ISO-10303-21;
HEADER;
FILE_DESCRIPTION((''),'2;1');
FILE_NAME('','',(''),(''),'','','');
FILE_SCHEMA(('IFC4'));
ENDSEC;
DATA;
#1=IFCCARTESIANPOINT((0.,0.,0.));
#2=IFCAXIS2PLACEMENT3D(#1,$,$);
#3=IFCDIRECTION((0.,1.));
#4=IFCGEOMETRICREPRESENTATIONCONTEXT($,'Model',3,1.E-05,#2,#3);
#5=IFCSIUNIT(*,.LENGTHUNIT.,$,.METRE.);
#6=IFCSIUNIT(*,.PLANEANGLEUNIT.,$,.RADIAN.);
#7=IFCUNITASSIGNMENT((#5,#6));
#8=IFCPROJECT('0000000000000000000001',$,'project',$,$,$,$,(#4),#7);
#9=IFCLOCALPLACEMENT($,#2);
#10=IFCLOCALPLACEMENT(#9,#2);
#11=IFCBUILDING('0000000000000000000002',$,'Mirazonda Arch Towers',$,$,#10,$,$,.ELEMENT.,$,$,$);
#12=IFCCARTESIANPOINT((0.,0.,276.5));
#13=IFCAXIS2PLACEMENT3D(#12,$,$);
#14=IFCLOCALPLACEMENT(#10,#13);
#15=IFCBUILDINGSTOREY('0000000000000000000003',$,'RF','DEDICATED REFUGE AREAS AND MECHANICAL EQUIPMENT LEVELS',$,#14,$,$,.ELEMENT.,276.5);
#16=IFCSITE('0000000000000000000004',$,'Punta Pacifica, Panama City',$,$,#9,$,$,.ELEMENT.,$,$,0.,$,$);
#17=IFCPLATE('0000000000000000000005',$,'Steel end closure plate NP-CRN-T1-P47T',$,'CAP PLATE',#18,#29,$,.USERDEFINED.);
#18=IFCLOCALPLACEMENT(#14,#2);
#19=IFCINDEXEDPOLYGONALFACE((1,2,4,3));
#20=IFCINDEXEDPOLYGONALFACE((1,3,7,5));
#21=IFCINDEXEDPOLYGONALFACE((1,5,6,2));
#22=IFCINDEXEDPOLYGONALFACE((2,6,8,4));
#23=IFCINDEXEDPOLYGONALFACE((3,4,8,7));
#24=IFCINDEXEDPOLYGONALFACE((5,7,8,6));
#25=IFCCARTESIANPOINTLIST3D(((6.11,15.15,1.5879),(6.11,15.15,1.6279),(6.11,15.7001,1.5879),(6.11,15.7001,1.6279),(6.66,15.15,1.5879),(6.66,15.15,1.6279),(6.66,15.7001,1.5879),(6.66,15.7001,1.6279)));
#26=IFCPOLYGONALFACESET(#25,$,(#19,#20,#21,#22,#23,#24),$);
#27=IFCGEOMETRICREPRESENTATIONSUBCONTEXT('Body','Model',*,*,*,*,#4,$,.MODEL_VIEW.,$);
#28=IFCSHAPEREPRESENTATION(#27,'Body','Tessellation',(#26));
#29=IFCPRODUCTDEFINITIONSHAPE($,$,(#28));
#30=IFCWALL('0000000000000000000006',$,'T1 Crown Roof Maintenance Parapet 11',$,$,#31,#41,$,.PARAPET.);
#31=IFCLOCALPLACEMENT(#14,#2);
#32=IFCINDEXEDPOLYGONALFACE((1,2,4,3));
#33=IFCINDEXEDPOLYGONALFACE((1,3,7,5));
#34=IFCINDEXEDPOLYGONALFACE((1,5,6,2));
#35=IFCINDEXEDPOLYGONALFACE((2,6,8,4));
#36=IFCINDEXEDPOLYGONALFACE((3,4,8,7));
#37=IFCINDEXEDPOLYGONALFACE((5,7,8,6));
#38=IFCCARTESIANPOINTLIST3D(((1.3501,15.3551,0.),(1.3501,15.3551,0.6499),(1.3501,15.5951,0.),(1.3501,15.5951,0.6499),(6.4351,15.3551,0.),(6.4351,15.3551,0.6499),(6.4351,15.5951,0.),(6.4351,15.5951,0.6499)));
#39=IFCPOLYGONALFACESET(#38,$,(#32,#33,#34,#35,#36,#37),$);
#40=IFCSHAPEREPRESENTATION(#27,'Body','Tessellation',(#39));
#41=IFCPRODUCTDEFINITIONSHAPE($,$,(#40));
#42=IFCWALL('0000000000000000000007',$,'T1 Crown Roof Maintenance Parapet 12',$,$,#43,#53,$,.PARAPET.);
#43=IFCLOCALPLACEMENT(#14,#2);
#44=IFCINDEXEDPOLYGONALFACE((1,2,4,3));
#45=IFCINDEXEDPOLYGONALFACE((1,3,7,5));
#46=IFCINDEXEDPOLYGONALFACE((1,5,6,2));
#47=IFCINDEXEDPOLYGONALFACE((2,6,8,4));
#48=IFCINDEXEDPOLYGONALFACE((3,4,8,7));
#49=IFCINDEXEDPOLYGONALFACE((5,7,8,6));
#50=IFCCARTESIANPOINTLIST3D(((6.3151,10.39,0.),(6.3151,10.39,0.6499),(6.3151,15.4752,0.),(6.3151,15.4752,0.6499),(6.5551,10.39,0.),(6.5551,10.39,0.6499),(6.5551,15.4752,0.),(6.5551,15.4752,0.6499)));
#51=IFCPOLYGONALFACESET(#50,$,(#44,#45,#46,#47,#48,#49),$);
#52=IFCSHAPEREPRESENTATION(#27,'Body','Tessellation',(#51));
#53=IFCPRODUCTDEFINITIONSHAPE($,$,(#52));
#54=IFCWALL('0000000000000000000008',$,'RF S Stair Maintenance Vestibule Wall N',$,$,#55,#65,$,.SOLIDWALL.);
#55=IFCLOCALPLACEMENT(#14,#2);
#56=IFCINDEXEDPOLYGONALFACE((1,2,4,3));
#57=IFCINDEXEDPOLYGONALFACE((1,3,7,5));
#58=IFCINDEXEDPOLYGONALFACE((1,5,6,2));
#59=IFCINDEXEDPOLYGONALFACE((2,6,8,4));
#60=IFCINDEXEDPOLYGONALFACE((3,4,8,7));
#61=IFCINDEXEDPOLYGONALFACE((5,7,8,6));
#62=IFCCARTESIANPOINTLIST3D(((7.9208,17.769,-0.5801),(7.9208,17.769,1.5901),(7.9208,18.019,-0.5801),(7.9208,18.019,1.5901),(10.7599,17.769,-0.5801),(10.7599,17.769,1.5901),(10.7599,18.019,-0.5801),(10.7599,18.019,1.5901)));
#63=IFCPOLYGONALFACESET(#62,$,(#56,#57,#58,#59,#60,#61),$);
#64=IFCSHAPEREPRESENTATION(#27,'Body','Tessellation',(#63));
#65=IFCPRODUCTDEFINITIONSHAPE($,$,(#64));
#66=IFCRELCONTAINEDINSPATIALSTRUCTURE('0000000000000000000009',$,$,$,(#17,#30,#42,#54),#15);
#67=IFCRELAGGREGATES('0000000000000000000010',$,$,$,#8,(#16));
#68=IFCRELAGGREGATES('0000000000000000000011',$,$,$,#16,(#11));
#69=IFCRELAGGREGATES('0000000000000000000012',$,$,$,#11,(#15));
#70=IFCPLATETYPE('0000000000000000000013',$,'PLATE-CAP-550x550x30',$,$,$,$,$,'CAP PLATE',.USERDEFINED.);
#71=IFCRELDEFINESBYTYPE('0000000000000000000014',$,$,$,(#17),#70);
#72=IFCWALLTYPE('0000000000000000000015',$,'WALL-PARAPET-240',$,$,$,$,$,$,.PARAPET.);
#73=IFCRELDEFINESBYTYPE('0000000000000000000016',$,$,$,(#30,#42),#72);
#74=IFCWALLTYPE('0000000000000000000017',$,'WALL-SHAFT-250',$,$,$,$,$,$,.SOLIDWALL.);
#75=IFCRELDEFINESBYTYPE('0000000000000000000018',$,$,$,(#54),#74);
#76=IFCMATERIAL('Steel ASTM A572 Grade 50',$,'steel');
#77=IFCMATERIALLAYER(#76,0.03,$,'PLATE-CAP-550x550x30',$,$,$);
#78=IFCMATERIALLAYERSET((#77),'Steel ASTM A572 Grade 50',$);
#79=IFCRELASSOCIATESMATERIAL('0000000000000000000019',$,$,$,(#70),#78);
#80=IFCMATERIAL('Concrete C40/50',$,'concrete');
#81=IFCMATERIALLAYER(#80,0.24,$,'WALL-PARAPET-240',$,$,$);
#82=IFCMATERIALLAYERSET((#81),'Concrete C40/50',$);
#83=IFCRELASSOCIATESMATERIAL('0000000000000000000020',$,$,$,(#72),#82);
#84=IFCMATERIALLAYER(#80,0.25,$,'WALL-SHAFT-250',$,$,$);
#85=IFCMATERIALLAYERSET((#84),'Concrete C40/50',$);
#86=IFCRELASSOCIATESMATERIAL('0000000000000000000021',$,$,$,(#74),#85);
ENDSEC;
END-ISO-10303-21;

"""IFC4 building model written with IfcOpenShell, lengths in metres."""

from ifc_helpers import new_model, si_unit, direction, frame, frame_2d, origin, origin_2d, place, context, subcontext, project, spatial, rectangle, extrude, material, layer, layer_set, type_object, element, save


model = new_model("IFC4")

# Units and contexts
model_context = context("Model", 3, precision=1e-05, world=origin(), true_north=direction((0.0, 1.0)))
body_context = subcontext(model_context, "Body", "Model", "MODEL_VIEW")
ifc_project = project(units=[si_unit("LENGTHUNIT", "METRE"), si_unit("PLANEANGLEUNIT", "RADIAN")], contexts=[model_context])

# Site, building, storey
site_placement = place(None, origin())
site = spatial("IfcSite", under=ifc_project, at=site_placement, Name="Punta Pacifica, Panama City", CompositionType="ELEMENT", RefElevation=0.0)
building_placement = place(site_placement, origin())
building = spatial("IfcBuilding", under=site, at=building_placement, Name="Mirazonda Arch Towers", CompositionType="ELEMENT")
storey_placement = place(building_placement, frame((0.0, 0.0, 276.5)))
storey = spatial("IfcBuildingStorey", under=building, at=storey_placement, Name="RF", Description="DEDICATED REFUGE AREAS AND MECHANICAL EQUIPMENT LEVELS", CompositionType="ELEMENT", Elevation=276.5)

# Shared definitions
ifc_material_1 = material(Name="Steel ASTM A572 Grade 50", Category="steel")

# Plate
ifc_layer_1 = layer(ifc_material_1, 0.03, Name="PLATE-CAP-550x550x30")
ifc_layer_set_1 = layer_set([ifc_layer_1], Name="Steel ASTM A572 Grade 50")
plate_type = type_object("IfcPlateType", Name="PLATE-CAP-550x550x30", ElementType="CAP PLATE", PredefinedType="USERDEFINED", material=ifc_layer_set_1)
for number, where, z_axis, x_axis, name in (
    (1, (6.385, 15.425, 1.5879), (0.0, 0.0, 1.0), (1.0, 0.0, 0.0), "Steel end closure plate NP-CRN-T1-P47T"),
):
    element("IfcPlate", number, at=place(storey_placement, frame(where, z_axis=z_axis, x_axis=x_axis)), inside=storey, type_object=plate_type, Name=name, ObjectType="CAP PLATE", PredefinedType="USERDEFINED", context=body_context, shape_type="SweptSolid", body=[
        extrude(rectangle(XDim=0.55, YDim=0.55, at=origin_2d()), origin(), (0.0, 0.0, 1.0), 0.04),
    ])

# Walls
ifc_material_2 = material(Name="Concrete C40/50", Category="concrete")
ifc_layer_2 = layer(ifc_material_2, 0.24, Name="WALL-PARAPET-240")
ifc_layer_set_2 = layer_set([ifc_layer_2], Name="Concrete C40/50")
wall_type_1 = type_object("IfcWallType", Name="WALL-PARAPET-240", PredefinedType="PARAPET", material=ifc_layer_set_2)
wall_1_placement = place(storey_placement, frame((1.3501, 15.4751, 0.0), z_axis=(0.0, 0.0, 1.0), x_axis=(1.0, 0.0, 0.0)))
element("IfcWall", 2, at=wall_1_placement, inside=storey, type_object=wall_type_1, Name="T1 Crown Roof Maintenance Parapet 11", PredefinedType="PARAPET", context=body_context, shape_type="SweptSolid", body=[
    extrude(rectangle(XDim=5.085, YDim=0.24, at=frame_2d((2.5425, 0.0))), origin(), (0.0, 0.0, 1.0), 0.6499),
])
wall_2_placement = place(storey_placement, frame((6.4351, 15.4751, 0.0), z_axis=(0.0, 0.0, 1.0), x_axis=(0.0, -1.0, 0.0)))
element("IfcWall", 3, at=wall_2_placement, inside=storey, type_object=wall_type_1, Name="T1 Crown Roof Maintenance Parapet 12", PredefinedType="PARAPET", context=body_context, shape_type="SweptSolid", body=[
    extrude(rectangle(XDim=5.0852, YDim=0.24, at=frame_2d((2.5425, 0.0))), origin(), (0.0, 0.0, 1.0), 0.6499),
])

# Wall
ifc_layer_3 = layer(ifc_material_2, 0.25, Name="WALL-SHAFT-250")
ifc_layer_set_3 = layer_set([ifc_layer_3], Name="Concrete C40/50")
wall_type_2 = type_object("IfcWallType", Name="WALL-SHAFT-250", PredefinedType="SOLIDWALL", material=ifc_layer_set_3)
wall_3_placement = place(storey_placement, frame((7.9209, 17.894, -0.5801), z_axis=(0.0, 0.0, 1.0), x_axis=(1.0, 0.0, 0.0)))
element("IfcWall", 4, at=wall_3_placement, inside=storey, type_object=wall_type_2, Name="RF S Stair Maintenance Vestibule Wall N", PredefinedType="SOLIDWALL", context=body_context, shape_type="SweptSolid", body=[
    extrude(rectangle(XDim=2.8391, YDim=0.25, at=frame_2d((1.4194, 0.0))), origin(), (0.0, 0.0, 1.0), 2.1702),
])

save(model, "model.ifc")
